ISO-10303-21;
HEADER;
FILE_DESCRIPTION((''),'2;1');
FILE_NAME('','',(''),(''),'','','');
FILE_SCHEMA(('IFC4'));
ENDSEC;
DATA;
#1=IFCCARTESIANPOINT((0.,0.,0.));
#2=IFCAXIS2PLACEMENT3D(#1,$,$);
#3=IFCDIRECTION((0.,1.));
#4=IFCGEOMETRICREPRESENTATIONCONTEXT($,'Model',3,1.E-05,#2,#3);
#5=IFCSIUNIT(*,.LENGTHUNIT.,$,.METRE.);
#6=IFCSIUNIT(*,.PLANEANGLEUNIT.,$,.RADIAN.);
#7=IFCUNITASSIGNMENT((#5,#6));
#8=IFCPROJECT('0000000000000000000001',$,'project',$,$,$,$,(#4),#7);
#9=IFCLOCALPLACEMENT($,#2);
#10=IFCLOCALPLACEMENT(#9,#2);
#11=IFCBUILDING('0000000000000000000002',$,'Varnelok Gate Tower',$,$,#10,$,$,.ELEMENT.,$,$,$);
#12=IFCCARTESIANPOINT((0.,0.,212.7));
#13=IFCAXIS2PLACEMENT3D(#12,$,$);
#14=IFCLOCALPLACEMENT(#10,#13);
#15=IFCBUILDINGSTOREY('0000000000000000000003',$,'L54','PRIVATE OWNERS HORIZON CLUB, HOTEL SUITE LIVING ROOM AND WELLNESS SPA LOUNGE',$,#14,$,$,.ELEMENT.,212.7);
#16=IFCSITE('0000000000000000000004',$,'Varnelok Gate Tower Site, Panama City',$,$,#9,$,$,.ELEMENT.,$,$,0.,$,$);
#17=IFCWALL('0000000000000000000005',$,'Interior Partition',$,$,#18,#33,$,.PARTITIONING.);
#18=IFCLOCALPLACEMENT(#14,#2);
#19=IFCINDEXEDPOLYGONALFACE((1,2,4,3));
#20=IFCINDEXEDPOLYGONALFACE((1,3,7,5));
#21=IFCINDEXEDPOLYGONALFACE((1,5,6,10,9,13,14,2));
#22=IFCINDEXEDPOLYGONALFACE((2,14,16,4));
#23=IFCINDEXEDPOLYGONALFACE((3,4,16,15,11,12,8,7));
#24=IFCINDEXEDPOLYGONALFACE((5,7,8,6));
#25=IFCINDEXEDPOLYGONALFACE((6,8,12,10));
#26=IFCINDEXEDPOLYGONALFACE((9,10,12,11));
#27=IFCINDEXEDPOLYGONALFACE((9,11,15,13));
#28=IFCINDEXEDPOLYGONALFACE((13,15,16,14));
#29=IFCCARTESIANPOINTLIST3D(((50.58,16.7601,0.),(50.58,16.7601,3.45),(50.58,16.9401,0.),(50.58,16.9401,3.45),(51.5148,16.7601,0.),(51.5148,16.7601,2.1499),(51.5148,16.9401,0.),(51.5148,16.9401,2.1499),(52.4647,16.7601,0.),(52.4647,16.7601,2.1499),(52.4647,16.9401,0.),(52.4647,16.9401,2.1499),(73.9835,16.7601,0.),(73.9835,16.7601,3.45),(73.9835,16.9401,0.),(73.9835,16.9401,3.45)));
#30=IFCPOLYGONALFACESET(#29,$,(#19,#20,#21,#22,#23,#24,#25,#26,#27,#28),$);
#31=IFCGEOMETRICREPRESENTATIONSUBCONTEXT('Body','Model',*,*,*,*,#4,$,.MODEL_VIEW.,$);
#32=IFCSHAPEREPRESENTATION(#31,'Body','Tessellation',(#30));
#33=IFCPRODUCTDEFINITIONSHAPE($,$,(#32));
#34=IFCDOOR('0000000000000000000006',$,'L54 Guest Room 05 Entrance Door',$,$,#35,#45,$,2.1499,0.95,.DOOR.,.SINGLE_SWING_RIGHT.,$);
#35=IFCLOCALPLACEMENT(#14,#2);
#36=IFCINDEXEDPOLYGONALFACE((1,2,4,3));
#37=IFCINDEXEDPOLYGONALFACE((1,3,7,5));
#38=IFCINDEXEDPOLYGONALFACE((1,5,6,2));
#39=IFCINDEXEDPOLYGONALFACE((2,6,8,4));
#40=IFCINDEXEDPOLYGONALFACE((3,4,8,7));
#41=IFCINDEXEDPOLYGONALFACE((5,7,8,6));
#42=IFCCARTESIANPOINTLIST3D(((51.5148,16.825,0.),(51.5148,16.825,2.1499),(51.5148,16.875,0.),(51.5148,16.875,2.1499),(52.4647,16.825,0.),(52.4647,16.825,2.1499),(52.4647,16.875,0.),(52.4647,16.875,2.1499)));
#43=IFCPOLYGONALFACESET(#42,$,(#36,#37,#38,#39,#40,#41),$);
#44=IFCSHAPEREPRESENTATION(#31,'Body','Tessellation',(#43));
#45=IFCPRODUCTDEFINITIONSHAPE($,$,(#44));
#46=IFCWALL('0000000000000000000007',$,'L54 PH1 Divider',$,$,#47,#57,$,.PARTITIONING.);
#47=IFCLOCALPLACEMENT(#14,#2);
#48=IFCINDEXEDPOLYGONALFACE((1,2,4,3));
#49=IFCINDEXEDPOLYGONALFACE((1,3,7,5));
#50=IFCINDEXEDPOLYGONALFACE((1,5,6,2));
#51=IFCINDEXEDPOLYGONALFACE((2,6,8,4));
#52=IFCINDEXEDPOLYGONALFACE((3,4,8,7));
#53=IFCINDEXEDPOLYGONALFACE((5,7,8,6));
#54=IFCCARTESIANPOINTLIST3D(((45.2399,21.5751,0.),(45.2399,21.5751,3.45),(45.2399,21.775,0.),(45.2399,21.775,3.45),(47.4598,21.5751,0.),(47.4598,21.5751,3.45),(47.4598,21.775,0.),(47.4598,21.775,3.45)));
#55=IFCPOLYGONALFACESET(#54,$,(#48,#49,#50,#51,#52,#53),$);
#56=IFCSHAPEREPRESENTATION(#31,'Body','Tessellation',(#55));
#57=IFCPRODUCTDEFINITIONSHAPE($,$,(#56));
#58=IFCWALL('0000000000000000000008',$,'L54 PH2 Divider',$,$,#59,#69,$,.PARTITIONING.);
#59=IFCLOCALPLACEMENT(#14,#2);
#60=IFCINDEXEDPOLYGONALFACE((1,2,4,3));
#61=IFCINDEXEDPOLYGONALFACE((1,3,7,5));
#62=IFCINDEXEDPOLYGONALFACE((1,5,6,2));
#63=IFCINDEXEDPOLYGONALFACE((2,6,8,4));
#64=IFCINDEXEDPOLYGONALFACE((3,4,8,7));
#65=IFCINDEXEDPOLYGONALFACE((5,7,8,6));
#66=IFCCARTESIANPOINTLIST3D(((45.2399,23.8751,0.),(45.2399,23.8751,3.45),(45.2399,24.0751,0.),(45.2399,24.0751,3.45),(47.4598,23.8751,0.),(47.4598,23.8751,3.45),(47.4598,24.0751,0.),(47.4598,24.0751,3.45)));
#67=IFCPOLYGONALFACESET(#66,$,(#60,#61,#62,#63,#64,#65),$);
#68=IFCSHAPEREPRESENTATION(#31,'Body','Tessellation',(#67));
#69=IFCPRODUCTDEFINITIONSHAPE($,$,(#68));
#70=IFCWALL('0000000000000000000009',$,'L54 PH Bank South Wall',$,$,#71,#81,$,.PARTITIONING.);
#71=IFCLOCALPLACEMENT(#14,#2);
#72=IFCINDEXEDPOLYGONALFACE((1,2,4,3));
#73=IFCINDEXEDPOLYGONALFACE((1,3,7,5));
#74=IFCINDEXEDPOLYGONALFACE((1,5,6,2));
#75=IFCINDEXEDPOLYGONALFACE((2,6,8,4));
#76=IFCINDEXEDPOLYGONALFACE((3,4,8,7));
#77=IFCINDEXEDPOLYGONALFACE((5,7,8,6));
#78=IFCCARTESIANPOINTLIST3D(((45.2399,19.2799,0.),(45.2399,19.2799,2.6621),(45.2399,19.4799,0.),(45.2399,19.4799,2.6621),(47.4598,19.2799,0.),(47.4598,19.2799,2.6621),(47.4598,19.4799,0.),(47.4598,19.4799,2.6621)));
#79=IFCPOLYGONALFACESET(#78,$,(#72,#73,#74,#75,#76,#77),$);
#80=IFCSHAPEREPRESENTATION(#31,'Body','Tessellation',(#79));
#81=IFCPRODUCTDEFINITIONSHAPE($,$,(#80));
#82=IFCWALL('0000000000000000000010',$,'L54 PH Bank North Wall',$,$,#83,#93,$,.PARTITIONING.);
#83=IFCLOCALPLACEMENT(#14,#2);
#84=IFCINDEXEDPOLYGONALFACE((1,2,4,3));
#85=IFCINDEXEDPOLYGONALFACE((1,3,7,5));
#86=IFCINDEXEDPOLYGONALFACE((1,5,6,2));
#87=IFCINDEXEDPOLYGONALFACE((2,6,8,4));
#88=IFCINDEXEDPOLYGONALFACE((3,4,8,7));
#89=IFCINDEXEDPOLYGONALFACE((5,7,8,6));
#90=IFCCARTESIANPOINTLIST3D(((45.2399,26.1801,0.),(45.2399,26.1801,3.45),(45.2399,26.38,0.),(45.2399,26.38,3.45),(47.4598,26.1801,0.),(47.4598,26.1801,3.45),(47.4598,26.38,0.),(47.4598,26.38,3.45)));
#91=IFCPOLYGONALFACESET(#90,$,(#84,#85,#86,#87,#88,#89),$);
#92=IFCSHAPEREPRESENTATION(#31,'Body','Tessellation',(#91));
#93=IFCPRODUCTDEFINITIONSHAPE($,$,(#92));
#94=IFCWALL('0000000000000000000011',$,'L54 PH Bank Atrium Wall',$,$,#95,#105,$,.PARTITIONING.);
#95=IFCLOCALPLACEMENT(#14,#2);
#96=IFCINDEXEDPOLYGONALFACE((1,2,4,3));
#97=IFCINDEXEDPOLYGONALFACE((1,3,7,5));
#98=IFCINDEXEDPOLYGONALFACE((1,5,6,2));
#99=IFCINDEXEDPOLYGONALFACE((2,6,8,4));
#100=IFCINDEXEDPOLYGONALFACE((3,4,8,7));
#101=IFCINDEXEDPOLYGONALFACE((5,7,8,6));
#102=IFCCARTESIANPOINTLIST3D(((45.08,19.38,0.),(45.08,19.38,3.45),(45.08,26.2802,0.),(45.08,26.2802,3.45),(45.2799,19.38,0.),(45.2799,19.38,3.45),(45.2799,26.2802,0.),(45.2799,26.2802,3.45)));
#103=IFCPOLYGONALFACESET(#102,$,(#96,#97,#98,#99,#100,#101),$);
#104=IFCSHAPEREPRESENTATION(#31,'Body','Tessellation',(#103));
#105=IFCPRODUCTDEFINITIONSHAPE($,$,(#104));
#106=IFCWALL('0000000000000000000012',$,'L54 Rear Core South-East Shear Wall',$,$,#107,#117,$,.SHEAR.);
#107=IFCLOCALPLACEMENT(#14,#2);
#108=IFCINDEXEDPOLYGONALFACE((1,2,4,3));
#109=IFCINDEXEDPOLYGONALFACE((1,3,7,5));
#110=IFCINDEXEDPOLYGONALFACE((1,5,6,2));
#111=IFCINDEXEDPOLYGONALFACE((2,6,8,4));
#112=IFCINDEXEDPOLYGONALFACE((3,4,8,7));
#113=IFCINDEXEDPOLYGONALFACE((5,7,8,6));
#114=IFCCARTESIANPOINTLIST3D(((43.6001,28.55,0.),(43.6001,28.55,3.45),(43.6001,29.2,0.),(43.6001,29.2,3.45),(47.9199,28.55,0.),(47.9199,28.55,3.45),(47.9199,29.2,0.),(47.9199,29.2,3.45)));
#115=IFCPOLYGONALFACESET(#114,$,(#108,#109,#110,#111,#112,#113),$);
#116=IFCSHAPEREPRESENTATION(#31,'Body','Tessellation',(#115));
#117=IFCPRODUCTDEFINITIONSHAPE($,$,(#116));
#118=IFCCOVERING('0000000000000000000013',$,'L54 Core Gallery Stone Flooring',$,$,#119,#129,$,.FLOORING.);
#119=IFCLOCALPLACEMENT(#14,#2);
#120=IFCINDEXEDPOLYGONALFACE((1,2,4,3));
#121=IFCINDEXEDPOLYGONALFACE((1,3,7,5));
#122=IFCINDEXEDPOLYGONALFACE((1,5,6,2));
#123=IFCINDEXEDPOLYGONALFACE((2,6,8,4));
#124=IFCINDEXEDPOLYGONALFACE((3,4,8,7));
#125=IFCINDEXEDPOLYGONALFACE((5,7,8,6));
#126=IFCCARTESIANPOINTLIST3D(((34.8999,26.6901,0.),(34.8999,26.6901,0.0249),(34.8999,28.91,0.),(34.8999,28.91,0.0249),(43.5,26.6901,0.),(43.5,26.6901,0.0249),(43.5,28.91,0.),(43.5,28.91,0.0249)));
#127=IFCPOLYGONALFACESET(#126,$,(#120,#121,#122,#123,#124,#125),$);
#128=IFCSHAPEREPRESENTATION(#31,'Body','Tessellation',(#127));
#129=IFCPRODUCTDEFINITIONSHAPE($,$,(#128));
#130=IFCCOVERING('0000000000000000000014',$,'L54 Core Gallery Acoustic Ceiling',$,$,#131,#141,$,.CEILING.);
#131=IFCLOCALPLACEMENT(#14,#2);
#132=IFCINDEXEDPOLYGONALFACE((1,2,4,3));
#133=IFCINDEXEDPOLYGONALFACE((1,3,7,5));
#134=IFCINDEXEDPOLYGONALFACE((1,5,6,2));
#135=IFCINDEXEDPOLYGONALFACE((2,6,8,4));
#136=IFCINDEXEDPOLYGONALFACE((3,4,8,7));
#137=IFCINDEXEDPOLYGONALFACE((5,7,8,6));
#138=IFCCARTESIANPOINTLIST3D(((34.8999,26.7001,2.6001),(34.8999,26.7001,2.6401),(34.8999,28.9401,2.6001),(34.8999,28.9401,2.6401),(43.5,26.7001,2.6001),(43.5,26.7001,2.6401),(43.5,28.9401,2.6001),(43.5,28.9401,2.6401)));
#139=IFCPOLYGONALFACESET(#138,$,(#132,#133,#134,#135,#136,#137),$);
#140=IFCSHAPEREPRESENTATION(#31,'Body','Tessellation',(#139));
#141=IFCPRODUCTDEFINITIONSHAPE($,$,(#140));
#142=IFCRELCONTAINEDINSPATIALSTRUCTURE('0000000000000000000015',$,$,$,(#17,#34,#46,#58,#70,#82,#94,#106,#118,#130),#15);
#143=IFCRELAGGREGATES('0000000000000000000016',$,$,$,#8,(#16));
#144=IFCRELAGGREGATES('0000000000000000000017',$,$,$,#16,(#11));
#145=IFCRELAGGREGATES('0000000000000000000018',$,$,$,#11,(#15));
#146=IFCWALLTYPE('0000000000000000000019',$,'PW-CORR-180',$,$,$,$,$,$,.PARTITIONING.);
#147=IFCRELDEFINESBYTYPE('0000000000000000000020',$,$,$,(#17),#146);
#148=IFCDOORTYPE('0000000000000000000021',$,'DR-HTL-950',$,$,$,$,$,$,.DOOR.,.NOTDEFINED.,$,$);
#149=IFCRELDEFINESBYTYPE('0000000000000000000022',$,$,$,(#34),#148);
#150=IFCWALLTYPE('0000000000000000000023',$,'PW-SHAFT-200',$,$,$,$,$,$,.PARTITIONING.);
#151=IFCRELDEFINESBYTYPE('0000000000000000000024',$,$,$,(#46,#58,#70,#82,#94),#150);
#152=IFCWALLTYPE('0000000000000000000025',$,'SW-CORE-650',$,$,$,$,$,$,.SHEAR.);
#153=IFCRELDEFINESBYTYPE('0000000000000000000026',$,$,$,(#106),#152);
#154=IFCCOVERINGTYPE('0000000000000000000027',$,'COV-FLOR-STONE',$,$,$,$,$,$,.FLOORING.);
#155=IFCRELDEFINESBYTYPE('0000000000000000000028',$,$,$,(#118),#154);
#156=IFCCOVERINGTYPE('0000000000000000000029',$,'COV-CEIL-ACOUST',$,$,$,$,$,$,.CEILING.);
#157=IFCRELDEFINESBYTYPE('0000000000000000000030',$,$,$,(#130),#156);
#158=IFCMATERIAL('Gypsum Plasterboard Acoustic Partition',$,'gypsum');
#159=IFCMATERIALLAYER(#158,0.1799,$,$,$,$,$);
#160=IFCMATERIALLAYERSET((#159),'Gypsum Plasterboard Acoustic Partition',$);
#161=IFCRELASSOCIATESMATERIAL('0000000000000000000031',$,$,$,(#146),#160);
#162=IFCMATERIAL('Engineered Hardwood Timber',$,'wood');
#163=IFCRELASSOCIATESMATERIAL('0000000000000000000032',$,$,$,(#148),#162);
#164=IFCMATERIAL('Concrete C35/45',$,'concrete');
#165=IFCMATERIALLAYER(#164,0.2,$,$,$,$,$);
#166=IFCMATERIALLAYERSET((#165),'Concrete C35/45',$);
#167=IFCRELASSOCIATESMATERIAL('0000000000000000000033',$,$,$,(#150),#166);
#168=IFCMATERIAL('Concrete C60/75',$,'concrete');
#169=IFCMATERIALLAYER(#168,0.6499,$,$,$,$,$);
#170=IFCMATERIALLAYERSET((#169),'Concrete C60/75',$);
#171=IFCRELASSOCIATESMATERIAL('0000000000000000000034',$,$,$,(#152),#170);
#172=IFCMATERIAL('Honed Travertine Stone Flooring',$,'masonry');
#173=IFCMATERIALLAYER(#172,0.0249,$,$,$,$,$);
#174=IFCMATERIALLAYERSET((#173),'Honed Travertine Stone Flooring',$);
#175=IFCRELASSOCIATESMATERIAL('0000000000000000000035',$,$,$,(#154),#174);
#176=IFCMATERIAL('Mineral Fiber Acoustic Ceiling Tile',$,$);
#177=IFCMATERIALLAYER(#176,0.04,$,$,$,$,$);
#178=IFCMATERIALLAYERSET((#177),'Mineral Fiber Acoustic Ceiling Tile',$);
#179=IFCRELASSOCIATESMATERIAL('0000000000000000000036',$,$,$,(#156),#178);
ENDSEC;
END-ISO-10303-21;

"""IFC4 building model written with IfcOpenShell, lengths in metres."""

from ifc_helpers import new_model, si_unit, direction, frame, frame_2d, origin, origin_2d, place, context, subcontext, project, spatial, rectangle, extrude, source, transform, mapped, material, layer, layer_set, type_object, element, fill, save


model = new_model("IFC4")

# Units and contexts
model_context = context("Model", 3, precision=1e-05, world=origin(), true_north=direction((0.0, 1.0)))
body_context = subcontext(model_context, "Body", "Model", "MODEL_VIEW")
ifc_project = project(units=[si_unit("LENGTHUNIT", "METRE"), si_unit("PLANEANGLEUNIT", "RADIAN")], contexts=[model_context])

# Site, building, storey
site_placement = place(None, origin())
site = spatial("IfcSite", under=ifc_project, at=site_placement, Name="Varnelok Gate Tower Site, Panama City", CompositionType="ELEMENT", RefElevation=0.0)
building_placement = place(site_placement, origin())
building = spatial("IfcBuilding", under=site, at=building_placement, Name="Varnelok Gate Tower", CompositionType="ELEMENT")
storey_placement = place(building_placement, frame((0.0, 0.0, 212.7)))
storey = spatial("IfcBuildingStorey", under=building, at=storey_placement, Name="L54", Description="PRIVATE OWNERS HORIZON CLUB, HOTEL SUITE LIVING ROOM AND WELLNESS SPA LOUNGE", CompositionType="ELEMENT", Elevation=212.7)

# Shared definitions
ifc_material_1 = material(Name="Concrete C60/75", Category="concrete")

# Wall, opening, door
ifc_material_2 = material(Name="Gypsum Plasterboard Acoustic Partition", Category="gypsum")
ifc_layer_1 = layer(ifc_material_2, 0.1799)
ifc_layer_set_1 = layer_set([ifc_layer_1], Name="Gypsum Plasterboard Acoustic Partition")
wall_type_1 = type_object("IfcWallType", Name="PW-CORR-180", PredefinedType="PARTITIONING", material=ifc_layer_set_1)
wall_1_placement = place(storey_placement, frame((50.5801, 16.8501, 0.0), z_axis=(0.0, 0.0, 1.0), x_axis=(1.0, 0.0, 0.0)))
wall_1 = element("IfcWall", 1, at=wall_1_placement, inside=storey, type_object=wall_type_1, Name="Interior Partition", PredefinedType="PARTITIONING", context=body_context, shape_type="SweptSolid", body=[
    extrude(rectangle(XDim=23.4036, YDim=0.1799, at=frame_2d((11.7017, 0.0))), origin(), (0.0, 0.0, 1.0), 3.45),
])
opening_1_placement = place(wall_1_placement, frame((0.9346, 0.0, 0.0)))
opening_1 = element("IfcOpeningElement", 2, at=opening_1_placement, cuts=wall_1, PredefinedType="OPENING", context=body_context, shape_type="SweptSolid", body=[
    extrude(rectangle(XDim=0.95, YDim=2.1499, at=frame_2d((0.4751, 1.075))), frame((0.0, 0.0999, 0.0), z_axis=(0.0, -1.0, 0.0), x_axis=(1.0, 0.0, 0.0)), (0.0, 0.0, 1.0), 0.2),
])
ifc_material_3 = material(Name="Engineered Hardwood Timber", Category="wood")
door_type_1 = type_object("IfcDoorType", Name="DR-HTL-950", OperationType="NOTDEFINED", PredefinedType="DOOR", material=ifc_material_3)
door_1_placement = place(opening_1_placement, origin())
door_1 = element("IfcDoor", 3, at=door_1_placement, inside=storey, type_object=door_type_1, Name="L54 Guest Room 05 Entrance Door", OperationType="SINGLE_SWING_RIGHT", OverallHeight=2.1499, OverallWidth=0.95, PredefinedType="DOOR", context=body_context, shape_type="SweptSolid", body=[
    extrude(rectangle(XDim=0.95, YDim=2.1499, at=frame_2d((0.4751, 1.075))), frame((0.0, 0.0249, 0.0), z_axis=(0.0, -1.0, 0.0), x_axis=(1.0, 0.0, 0.0)), (0.0, 0.0, 1.0), 0.05),
])
fill(opening_1, door_1)

# Walls
ifc_material_4 = material(Name="Concrete C35/45", Category="concrete")
ifc_layer_2 = layer(ifc_material_4, 0.2)
ifc_layer_set_2 = layer_set([ifc_layer_2], Name="Concrete C35/45")
wall_type_2 = type_object("IfcWallType", Name="PW-SHAFT-200", PredefinedType="PARTITIONING", material=ifc_layer_set_2)
for number, where, z_axis, x_axis, name in (
    (4, (45.24, 21.675, 0.0), (0.0, 0.0, 1.0), (1.0, 0.0, 0.0), "L54 PH1 Divider"),
    (5, (45.24, 23.9751, 0.0), (0.0, 0.0, 1.0), (1.0, 0.0, 0.0), "L54 PH2 Divider"),
):
    element("IfcWall", number, at=place(storey_placement, frame(where, z_axis=z_axis, x_axis=x_axis)), inside=storey, type_object=wall_type_2, Name=name, PredefinedType="PARTITIONING", context=body_context, shape_type="SweptSolid", body=[
        extrude(rectangle(XDim=2.22, YDim=0.2, at=frame_2d((1.1099, 0.0))), origin(), (0.0, 0.0, 1.0), 3.45),
    ])
wall_2_placement = place(storey_placement, frame((45.24, 19.3799, 0.0), z_axis=(0.0, 0.0, 1.0), x_axis=(1.0, 0.0, 0.0)))
element("IfcWall", 6, at=wall_2_placement, inside=storey, type_object=wall_type_2, Name="L54 PH Bank South Wall", PredefinedType="PARTITIONING", context=body_context, shape_type="SweptSolid", body=[
    extrude(rectangle(XDim=2.22, YDim=0.2, at=frame_2d((1.1099, 0.0))), origin(), (0.0, 0.0, 1.0), 2.6621),
])
wall_3_placement = place(storey_placement, frame((45.24, 26.28, 0.0), z_axis=(0.0, 0.0, 1.0), x_axis=(1.0, 0.0, 0.0)))
element("IfcWall", 7, at=wall_3_placement, inside=storey, type_object=wall_type_2, Name="L54 PH Bank North Wall", PredefinedType="PARTITIONING", context=body_context, shape_type="SweptSolid", body=[
    extrude(rectangle(XDim=2.22, YDim=0.2, at=frame_2d((1.1099, 0.0))), origin(), (0.0, 0.0, 1.0), 3.45),
])
wall_4_placement = place(storey_placement, frame((45.1799, 19.3799, 0.0), z_axis=(0.0, 0.0, 1.0), x_axis=(0.0, 1.0, 0.0)))
element("IfcWall", 8, at=wall_4_placement, inside=storey, type_object=wall_type_2, Name="L54 PH Bank Atrium Wall", PredefinedType="PARTITIONING", context=body_context, shape_type="SweptSolid", body=[
    extrude(rectangle(XDim=6.9001, YDim=0.2, at=frame_2d((3.4502, 0.0))), origin(), (0.0, 0.0, 1.0), 3.45),
])

# Wall
ifc_layer_3 = layer(ifc_material_1, 0.6499)
ifc_layer_set_3 = layer_set([ifc_layer_3], Name="Concrete C60/75")
wall_type_3 = type_object("IfcWallType", Name="SW-CORE-650", PredefinedType="SHEAR", material=ifc_layer_set_3)
wall_5_placement = place(storey_placement, frame((43.6001, 28.875, 0.0), z_axis=(0.0, 0.0, 1.0), x_axis=(1.0, 0.0, 0.0)))
element("IfcWall", 9, at=wall_5_placement, inside=storey, type_object=wall_type_3, Name="L54 Rear Core South-East Shear Wall", PredefinedType="SHEAR", context=body_context, shape_type="SweptSolid", body=[
    extrude(rectangle(XDim=4.3198, YDim=0.6499, at=frame_2d((2.1599, 0.0))), origin(), (0.0, 0.0, 1.0), 3.45),
])

# Coverings
ifc_material_5 = material(Name="Honed Travertine Stone Flooring", Category="masonry")
ifc_layer_4 = layer(ifc_material_5, 0.0249)
ifc_layer_set_4 = layer_set([ifc_layer_4], Name="Honed Travertine Stone Flooring")
covering_type_1 = type_object("IfcCoveringType", Name="COV-FLOR-STONE", PredefinedType="FLOORING", material=ifc_layer_set_4)
shared_shape_1 = source(origin(), body_context, "Body", "SweptSolid", [
    extrude(rectangle(XDim=8.6001, YDim=2.22, at=origin_2d()), origin(), (0.0, 0.0, 1.0), 0.0249),
])
covering_1_placement = place(storey_placement, frame((39.2, 27.8, 0.0), z_axis=(0.0, 0.0, 1.0), x_axis=(1.0, 0.0, 0.0)))
element("IfcCovering", 10, at=covering_1_placement, inside=storey, type_object=covering_type_1, Name="L54 Core Gallery Stone Flooring", PredefinedType="FLOORING", context=body_context, shape_type="MappedRepresentation", body=[
    mapped(shared_shape_1, transform((0.0, 0.0, 0.0), scale=1.0)),
])
ifc_material_6 = material(Name="Mineral Fiber Acoustic Ceiling Tile")
ifc_layer_5 = layer(ifc_material_6, 0.04)
ifc_layer_set_5 = layer_set([ifc_layer_5], Name="Mineral Fiber Acoustic Ceiling Tile")
covering_type_2 = type_object("IfcCoveringType", Name="COV-CEIL-ACOUST", PredefinedType="CEILING", material=ifc_layer_set_5)
shared_shape_2 = source(origin(), body_context, "Body", "SweptSolid", [
    extrude(rectangle(XDim=8.6001, YDim=2.24, at=origin_2d()), origin(), (0.0, 0.0, 1.0), 0.04),
])
covering_2_placement = place(storey_placement, frame((39.2, 27.8201, 2.6001), z_axis=(0.0, 0.0, 1.0), x_axis=(1.0, 0.0, 0.0)))
element("IfcCovering", 11, at=covering_2_placement, inside=storey, type_object=covering_type_2, Name="L54 Core Gallery Acoustic Ceiling", PredefinedType="CEILING", context=body_context, shape_type="MappedRepresentation", body=[
    mapped(shared_shape_2, transform((0.0, 0.0, 0.0), scale=1.0)),
])

save(model, "model.ifc")
